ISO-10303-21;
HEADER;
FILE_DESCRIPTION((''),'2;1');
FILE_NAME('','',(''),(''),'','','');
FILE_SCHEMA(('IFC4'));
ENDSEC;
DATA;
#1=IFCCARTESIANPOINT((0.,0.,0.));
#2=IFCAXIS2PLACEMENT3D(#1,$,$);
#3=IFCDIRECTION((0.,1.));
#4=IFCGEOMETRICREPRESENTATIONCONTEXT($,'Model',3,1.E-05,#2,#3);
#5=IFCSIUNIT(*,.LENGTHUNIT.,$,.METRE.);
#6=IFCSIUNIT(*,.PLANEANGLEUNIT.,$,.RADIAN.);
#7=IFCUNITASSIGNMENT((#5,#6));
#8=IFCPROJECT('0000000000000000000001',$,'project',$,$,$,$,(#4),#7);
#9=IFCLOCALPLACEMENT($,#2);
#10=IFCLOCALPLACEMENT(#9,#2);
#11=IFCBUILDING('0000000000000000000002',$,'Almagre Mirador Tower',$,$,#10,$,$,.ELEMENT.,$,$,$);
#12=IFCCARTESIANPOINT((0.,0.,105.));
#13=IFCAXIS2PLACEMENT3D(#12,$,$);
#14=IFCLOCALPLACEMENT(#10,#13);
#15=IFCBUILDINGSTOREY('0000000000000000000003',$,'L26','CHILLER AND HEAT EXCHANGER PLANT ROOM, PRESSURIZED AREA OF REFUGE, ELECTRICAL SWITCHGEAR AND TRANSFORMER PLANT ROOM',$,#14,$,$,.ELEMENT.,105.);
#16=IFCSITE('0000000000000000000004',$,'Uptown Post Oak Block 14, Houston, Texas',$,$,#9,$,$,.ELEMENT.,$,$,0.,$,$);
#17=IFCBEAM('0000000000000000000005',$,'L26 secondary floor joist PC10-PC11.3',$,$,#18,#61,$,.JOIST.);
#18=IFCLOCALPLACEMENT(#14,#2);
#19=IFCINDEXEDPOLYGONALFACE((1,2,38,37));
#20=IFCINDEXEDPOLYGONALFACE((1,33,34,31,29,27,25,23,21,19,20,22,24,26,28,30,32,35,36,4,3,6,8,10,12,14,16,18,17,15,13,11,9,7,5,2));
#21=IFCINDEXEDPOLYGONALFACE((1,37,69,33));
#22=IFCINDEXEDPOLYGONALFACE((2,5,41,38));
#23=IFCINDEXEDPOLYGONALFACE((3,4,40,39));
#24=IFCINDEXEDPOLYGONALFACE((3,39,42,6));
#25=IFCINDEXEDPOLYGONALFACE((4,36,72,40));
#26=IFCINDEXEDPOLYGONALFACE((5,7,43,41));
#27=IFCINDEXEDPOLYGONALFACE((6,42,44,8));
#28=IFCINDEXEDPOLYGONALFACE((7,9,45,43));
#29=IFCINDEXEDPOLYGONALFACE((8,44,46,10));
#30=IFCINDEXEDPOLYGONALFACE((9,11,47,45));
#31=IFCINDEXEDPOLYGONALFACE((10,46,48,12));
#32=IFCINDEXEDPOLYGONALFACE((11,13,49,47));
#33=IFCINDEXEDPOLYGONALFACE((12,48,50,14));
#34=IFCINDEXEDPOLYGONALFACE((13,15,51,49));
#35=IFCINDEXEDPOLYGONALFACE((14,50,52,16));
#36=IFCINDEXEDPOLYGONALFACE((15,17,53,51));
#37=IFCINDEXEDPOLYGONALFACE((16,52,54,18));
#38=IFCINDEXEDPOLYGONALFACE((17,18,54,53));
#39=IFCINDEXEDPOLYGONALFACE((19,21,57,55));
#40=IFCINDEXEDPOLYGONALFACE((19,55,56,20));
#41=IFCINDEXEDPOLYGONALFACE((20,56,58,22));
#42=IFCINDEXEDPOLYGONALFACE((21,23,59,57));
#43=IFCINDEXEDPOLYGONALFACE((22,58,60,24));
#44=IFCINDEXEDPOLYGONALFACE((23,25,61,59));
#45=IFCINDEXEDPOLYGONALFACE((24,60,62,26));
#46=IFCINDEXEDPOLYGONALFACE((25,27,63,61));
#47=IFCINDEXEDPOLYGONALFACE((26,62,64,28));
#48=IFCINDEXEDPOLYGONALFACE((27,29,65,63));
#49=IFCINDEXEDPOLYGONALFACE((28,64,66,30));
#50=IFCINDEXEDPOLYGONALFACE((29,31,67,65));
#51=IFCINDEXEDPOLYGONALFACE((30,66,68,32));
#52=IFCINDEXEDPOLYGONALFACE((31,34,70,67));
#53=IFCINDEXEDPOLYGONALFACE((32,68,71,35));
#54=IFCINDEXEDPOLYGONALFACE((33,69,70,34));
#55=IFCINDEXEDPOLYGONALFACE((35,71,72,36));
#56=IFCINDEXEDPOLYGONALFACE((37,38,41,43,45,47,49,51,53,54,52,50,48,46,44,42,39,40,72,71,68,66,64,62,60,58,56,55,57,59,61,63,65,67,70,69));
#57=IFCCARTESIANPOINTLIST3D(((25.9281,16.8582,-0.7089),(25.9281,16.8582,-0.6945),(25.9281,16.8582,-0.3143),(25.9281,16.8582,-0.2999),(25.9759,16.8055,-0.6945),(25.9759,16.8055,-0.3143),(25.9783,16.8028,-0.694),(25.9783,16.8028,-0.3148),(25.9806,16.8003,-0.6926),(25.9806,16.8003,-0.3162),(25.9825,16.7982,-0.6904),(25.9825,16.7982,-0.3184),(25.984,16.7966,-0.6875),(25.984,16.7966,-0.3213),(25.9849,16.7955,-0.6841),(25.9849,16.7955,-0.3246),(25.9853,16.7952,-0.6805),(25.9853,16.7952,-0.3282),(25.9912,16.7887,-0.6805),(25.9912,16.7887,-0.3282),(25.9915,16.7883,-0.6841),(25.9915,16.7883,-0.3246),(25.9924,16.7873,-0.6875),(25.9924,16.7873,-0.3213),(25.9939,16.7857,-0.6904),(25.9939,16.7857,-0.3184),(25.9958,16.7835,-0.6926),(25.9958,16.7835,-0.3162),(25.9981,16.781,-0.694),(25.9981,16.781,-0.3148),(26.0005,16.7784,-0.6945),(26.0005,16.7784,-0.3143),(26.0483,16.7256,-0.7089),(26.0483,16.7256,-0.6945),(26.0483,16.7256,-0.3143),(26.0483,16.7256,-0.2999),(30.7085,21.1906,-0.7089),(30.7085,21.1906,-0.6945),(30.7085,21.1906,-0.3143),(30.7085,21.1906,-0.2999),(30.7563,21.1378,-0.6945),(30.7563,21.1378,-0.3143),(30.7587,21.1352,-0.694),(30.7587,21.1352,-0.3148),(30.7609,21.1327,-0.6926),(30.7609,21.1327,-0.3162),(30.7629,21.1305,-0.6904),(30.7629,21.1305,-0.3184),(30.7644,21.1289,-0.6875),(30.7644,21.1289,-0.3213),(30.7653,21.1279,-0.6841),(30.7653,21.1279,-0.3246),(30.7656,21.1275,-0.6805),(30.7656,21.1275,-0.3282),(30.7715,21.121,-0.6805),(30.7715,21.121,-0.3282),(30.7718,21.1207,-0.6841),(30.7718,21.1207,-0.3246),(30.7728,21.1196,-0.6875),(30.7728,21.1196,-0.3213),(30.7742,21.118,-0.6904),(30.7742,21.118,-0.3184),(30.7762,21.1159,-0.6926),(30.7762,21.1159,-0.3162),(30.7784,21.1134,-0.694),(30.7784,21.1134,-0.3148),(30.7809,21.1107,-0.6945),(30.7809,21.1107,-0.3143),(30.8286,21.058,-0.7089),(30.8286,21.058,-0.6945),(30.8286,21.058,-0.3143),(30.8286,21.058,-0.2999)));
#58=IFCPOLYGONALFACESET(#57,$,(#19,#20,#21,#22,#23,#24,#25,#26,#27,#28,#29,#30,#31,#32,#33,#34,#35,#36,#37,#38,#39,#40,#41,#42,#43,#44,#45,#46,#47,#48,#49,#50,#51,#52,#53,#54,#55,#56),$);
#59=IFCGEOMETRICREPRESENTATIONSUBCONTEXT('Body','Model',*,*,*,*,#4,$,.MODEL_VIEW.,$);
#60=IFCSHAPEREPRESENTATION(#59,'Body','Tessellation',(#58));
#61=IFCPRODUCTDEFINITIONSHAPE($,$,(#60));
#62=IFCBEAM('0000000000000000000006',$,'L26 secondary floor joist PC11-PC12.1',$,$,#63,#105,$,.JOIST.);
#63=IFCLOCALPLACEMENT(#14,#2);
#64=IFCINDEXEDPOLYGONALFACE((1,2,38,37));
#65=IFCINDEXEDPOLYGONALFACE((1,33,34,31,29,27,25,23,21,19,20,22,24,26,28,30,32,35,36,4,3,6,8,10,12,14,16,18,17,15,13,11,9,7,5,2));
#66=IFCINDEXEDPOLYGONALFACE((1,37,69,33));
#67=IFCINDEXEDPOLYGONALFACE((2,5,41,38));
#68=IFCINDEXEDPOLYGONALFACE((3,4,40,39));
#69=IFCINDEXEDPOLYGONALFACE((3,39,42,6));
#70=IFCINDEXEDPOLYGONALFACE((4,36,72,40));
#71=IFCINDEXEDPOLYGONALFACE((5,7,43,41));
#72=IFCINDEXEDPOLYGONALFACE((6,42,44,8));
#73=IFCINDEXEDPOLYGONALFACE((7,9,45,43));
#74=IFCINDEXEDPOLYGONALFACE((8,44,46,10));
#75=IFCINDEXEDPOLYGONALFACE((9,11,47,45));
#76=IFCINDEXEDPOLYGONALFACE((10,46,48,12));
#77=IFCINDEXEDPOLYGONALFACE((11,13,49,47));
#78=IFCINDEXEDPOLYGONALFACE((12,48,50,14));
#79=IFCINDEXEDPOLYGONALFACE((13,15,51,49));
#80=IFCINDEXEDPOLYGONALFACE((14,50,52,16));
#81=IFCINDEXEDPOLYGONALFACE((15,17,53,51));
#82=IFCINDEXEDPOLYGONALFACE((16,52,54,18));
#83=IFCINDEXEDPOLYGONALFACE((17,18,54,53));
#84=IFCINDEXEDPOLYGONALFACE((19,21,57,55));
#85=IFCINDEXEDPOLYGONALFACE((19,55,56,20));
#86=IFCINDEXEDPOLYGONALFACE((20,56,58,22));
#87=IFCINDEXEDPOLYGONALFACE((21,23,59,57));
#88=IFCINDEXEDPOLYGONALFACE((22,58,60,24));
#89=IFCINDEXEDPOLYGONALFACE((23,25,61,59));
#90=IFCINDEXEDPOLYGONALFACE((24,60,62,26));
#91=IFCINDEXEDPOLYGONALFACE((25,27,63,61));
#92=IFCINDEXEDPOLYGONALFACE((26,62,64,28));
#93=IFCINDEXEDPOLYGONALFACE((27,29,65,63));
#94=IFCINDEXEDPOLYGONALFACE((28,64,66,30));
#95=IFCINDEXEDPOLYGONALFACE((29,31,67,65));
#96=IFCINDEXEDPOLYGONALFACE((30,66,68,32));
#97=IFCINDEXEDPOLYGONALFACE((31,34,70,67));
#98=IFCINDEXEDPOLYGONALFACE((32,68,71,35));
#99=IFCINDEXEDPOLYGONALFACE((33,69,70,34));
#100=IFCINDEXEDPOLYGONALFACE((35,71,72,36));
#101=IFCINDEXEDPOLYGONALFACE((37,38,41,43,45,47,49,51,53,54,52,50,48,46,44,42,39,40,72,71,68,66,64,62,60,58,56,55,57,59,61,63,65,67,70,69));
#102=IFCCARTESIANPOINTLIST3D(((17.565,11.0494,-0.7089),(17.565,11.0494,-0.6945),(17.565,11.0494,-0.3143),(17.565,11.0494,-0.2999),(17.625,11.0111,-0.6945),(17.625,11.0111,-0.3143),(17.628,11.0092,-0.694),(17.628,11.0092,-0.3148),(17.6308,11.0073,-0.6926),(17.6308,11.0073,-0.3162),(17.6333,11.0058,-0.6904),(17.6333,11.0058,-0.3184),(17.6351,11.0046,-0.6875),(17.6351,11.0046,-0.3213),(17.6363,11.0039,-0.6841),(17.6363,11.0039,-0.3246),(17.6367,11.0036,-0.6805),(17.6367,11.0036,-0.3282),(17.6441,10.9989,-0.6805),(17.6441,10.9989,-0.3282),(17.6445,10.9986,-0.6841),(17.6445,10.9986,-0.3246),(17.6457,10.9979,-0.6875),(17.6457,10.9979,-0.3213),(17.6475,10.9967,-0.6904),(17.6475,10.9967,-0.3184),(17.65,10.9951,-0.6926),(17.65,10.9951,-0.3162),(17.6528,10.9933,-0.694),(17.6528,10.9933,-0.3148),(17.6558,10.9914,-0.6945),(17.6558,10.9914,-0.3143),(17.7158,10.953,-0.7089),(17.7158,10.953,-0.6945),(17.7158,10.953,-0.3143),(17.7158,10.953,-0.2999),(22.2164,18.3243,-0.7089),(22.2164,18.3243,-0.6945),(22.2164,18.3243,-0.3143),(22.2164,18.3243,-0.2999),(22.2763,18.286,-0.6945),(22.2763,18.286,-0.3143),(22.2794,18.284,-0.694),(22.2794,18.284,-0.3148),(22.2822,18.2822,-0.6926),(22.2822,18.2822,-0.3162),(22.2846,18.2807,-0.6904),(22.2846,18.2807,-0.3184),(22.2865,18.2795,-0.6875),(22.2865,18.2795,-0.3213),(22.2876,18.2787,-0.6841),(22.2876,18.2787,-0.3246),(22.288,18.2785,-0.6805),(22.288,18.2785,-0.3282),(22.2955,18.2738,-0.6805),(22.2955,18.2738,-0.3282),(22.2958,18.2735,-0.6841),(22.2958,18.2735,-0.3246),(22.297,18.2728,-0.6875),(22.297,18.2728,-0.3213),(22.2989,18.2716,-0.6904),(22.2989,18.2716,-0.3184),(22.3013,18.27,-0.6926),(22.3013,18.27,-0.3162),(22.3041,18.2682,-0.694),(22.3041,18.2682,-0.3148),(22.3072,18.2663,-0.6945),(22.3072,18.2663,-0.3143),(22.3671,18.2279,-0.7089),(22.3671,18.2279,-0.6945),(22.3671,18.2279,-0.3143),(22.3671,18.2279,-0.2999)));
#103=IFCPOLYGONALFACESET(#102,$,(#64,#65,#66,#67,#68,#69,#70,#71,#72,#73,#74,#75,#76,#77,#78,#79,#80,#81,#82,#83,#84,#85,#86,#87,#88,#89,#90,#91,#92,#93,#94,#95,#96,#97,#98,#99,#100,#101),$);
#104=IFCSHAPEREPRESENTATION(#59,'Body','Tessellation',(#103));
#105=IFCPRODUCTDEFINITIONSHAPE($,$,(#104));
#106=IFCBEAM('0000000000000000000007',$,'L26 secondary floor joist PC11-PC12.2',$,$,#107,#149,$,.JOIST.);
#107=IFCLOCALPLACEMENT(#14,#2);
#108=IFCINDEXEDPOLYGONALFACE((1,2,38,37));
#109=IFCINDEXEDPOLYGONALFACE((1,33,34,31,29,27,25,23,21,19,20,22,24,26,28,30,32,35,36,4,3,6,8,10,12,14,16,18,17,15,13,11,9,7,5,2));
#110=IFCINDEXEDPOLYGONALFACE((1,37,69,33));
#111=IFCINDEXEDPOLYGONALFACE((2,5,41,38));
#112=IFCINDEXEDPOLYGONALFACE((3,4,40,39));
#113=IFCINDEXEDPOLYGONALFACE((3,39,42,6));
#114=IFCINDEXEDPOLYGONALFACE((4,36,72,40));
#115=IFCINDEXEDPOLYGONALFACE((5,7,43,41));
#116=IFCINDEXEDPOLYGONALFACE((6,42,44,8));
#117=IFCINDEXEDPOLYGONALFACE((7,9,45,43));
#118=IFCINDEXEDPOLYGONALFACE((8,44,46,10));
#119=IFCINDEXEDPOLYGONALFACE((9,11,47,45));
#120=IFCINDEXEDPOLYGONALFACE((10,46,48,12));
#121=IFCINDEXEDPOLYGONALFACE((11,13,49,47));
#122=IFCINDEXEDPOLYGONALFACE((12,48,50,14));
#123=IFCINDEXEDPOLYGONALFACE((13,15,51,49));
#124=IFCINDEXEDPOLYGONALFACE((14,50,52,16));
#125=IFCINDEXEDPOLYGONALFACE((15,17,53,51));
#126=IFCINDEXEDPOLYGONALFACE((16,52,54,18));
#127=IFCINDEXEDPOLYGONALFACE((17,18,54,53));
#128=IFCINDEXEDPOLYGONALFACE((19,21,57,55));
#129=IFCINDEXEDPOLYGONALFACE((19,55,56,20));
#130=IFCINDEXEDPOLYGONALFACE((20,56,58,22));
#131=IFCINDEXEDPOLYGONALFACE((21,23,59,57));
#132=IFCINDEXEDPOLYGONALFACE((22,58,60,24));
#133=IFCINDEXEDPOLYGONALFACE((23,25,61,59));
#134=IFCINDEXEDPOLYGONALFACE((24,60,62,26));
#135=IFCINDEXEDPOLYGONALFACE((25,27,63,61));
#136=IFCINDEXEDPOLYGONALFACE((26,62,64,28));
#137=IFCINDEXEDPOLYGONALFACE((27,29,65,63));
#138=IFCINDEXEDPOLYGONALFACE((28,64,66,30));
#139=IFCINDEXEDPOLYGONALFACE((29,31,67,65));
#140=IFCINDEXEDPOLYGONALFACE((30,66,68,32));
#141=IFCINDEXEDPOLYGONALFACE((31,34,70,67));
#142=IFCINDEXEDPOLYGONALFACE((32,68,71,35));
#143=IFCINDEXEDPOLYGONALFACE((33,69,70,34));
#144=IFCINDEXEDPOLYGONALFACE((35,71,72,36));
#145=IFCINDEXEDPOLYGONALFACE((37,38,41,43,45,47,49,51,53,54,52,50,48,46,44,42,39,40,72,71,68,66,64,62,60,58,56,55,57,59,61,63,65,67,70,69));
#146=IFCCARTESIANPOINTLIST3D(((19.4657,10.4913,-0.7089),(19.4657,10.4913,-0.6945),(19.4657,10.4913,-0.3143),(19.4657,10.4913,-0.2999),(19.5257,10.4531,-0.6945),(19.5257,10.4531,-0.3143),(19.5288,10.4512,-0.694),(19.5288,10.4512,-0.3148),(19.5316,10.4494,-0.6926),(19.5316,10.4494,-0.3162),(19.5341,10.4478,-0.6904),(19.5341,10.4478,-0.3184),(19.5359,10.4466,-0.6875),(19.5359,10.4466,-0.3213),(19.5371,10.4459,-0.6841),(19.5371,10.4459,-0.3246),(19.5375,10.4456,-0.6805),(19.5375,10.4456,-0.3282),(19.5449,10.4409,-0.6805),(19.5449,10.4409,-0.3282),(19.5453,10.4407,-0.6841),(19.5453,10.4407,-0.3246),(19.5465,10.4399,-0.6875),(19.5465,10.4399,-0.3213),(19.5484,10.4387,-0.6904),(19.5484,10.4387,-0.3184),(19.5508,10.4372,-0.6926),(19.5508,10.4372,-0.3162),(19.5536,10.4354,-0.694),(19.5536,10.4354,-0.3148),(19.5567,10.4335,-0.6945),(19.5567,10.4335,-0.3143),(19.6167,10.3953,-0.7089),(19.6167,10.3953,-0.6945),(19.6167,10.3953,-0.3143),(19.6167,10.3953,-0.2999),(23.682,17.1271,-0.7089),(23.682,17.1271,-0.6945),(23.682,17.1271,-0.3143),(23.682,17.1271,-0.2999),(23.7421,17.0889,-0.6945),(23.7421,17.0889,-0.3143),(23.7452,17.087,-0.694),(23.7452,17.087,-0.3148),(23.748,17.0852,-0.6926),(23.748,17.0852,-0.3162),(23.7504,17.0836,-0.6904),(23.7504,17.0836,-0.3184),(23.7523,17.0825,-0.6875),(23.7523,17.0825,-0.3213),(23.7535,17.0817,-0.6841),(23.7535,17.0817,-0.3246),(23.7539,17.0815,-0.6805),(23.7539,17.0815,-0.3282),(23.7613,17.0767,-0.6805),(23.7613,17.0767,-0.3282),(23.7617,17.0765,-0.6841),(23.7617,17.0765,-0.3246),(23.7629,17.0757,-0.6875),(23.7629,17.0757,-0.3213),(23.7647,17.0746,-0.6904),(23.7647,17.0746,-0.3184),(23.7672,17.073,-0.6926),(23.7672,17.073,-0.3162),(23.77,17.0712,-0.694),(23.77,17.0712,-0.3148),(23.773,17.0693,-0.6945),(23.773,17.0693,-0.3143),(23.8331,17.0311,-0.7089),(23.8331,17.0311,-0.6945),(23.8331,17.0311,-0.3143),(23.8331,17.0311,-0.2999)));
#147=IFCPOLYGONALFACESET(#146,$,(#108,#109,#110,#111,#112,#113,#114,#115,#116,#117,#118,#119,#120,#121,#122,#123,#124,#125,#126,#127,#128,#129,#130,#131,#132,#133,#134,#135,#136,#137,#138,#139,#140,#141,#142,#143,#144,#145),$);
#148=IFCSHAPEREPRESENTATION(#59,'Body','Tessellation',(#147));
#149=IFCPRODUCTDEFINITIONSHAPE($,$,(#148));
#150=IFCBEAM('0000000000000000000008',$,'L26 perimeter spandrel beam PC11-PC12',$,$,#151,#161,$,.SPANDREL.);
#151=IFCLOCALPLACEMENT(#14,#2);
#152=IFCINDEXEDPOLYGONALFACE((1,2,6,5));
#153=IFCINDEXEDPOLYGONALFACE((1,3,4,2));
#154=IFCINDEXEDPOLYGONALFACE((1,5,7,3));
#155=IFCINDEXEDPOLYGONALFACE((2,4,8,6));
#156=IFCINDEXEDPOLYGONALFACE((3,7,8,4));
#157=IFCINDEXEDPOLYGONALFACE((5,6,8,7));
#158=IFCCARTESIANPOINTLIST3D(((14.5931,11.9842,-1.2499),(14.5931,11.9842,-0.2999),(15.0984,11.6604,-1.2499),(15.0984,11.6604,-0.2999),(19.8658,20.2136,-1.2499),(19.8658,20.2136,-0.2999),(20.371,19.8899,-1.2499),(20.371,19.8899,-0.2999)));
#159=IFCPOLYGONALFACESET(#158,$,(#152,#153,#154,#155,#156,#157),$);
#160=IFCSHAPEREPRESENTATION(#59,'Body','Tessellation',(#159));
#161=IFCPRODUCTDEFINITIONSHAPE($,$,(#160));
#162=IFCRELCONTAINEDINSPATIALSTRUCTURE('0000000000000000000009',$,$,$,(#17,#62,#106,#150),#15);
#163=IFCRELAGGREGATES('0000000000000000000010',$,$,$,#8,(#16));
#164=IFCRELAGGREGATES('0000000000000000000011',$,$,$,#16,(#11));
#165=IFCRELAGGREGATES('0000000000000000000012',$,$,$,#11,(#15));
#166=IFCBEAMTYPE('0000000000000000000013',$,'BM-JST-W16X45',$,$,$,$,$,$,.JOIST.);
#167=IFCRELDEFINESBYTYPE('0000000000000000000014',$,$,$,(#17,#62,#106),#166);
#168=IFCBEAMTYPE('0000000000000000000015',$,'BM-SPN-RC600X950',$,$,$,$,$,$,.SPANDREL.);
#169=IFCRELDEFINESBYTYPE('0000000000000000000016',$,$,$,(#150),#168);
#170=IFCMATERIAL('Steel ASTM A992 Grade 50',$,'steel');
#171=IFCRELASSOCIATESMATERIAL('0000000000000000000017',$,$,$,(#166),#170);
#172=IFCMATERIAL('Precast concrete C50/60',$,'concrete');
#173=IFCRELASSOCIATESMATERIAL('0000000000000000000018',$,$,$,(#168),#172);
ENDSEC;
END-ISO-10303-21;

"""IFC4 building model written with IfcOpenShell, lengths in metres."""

from ifc_helpers import new_model, si_unit, direction, frame, origin, origin_2d, place, context, subcontext, project, spatial, rectangle, i_section, extrude, material, material_profile, profile_set, type_object, element, save


model = new_model("IFC4")

# Units and contexts
model_context = context("Model", 3, precision=1e-05, world=origin(), true_north=direction((0.0, 1.0)))
body_context = subcontext(model_context, "Body", "Model", "MODEL_VIEW")
ifc_project = project(units=[si_unit("LENGTHUNIT", "METRE"), si_unit("PLANEANGLEUNIT", "RADIAN")], contexts=[model_context])

# Site, building, storey
site_placement = place(None, origin())
site = spatial("IfcSite", under=ifc_project, at=site_placement, Name="Uptown Post Oak Block 14, Houston, Texas", CompositionType="ELEMENT", RefElevation=0.0)
building_placement = place(site_placement, origin())
building = spatial("IfcBuilding", under=site, at=building_placement, Name="Almagre Mirador Tower", CompositionType="ELEMENT")
storey_placement = place(building_placement, frame((0.0, 0.0, 105.0)))
storey = spatial("IfcBuildingStorey", under=building, at=storey_placement, Name="L26", Description="CHILLER AND HEAT EXCHANGER PLANT ROOM, PRESSURIZED AREA OF REFUGE, ELECTRICAL SWITCHGEAR AND TRANSFORMER PLANT ROOM", CompositionType="ELEMENT", Elevation=105.0)

# Beams
ifc_material_1 = material(Name="Steel ASTM A992 Grade 50", Category="steel")
ifc_material_profile_1 = material_profile(ifc_material_1, i_section(OverallWidth=0.179, OverallDepth=0.4089, WebThickness=0.0088, FlangeThickness=0.0144, FilletRadius=0.0139, at=origin_2d()), Name="W16X45")
ifc_profile_set_1 = profile_set([ifc_material_profile_1], Name="Steel ASTM A992 Grade 50")
beam_type_1 = type_object("IfcBeamType", Name="BM-JST-W16X45", PredefinedType="JOIST", material=ifc_profile_set_1)
beam_1_placement = place(storey_placement, frame((30.7686, 21.1243, -0.5044), z_axis=(-0.740975, -0.671532, 0.0), x_axis=(0.671532, -0.740975, 0.0)))
element("IfcBeam", 1, at=beam_1_placement, inside=storey, type_object=beam_type_1, Name="L26 secondary floor joist PC10-PC11.3", PredefinedType="JOIST", context=body_context, shape_type="SweptSolid", body=[
    extrude(i_section(OverallWidth=0.179, OverallDepth=0.4089, WebThickness=0.0088, FlangeThickness=0.0144, FilletRadius=0.0139, at=origin_2d()), origin(), (0.0, 0.0, 1.0), 6.4514),
])
beam_2_placement = place(storey_placement, frame((22.2917, 18.2761, -0.5044), z_axis=(-0.538678, -0.842512, 0.0), x_axis=(0.842512, -0.538678, 0.0)))
element("IfcBeam", 2, at=beam_2_placement, inside=storey, type_object=beam_type_1, Name="L26 secondary floor joist PC11-PC12.1", PredefinedType="JOIST", context=body_context, shape_type="SweptSolid", body=[
    extrude(i_section(OverallWidth=0.179, OverallDepth=0.4089, WebThickness=0.0088, FlangeThickness=0.0144, FilletRadius=0.0139, at=origin_2d()), origin(), (0.0, 0.0, 1.0), 8.6348),
])
beam_3_placement = place(storey_placement, frame((23.7576, 17.0791, -0.5044), z_axis=(-0.536293, -0.844032, 0.0), x_axis=(0.844032, -0.536293, 0.0)))
element("IfcBeam", 3, at=beam_3_placement, inside=storey, type_object=beam_type_1, Name="L26 secondary floor joist PC11-PC12.2", PredefinedType="JOIST", context=body_context, shape_type="SweptSolid", body=[
    extrude(i_section(OverallWidth=0.179, OverallDepth=0.4089, WebThickness=0.0088, FlangeThickness=0.0144, FilletRadius=0.0139, at=origin_2d()), origin(), (0.0, 0.0, 1.0), 7.8621),
])
ifc_material_2 = material(Name="Precast concrete C50/60", Category="concrete")
ifc_material_profile_2 = material_profile(ifc_material_2, rectangle(XDim=0.6001, YDim=0.95, at=origin_2d()), Name="RC600X950")
ifc_profile_set_2 = profile_set([ifc_material_profile_2], Name="Precast concrete C50/60")
beam_type_2 = type_object("IfcBeamType", Name="BM-SPN-RC600X950", PredefinedType="SPANDREL", material=ifc_profile_set_2)
beam_4_placement = place(storey_placement, frame((20.1184, 20.0518, -0.7749), z_axis=(-0.539477, -0.842, 0.0), x_axis=(0.842, -0.539477, 0.0)))
element("IfcBeam", 4, at=beam_4_placement, inside=storey, type_object=beam_type_2, Name="L26 perimeter spandrel beam PC11-PC12", PredefinedType="SPANDREL", context=body_context, shape_type="SweptSolid", body=[
    extrude(rectangle(XDim=0.6001, YDim=0.95, at=origin_2d()), origin(), (0.0, 0.0, 1.0), 9.7737),
])

save(model, "model.ifc")
